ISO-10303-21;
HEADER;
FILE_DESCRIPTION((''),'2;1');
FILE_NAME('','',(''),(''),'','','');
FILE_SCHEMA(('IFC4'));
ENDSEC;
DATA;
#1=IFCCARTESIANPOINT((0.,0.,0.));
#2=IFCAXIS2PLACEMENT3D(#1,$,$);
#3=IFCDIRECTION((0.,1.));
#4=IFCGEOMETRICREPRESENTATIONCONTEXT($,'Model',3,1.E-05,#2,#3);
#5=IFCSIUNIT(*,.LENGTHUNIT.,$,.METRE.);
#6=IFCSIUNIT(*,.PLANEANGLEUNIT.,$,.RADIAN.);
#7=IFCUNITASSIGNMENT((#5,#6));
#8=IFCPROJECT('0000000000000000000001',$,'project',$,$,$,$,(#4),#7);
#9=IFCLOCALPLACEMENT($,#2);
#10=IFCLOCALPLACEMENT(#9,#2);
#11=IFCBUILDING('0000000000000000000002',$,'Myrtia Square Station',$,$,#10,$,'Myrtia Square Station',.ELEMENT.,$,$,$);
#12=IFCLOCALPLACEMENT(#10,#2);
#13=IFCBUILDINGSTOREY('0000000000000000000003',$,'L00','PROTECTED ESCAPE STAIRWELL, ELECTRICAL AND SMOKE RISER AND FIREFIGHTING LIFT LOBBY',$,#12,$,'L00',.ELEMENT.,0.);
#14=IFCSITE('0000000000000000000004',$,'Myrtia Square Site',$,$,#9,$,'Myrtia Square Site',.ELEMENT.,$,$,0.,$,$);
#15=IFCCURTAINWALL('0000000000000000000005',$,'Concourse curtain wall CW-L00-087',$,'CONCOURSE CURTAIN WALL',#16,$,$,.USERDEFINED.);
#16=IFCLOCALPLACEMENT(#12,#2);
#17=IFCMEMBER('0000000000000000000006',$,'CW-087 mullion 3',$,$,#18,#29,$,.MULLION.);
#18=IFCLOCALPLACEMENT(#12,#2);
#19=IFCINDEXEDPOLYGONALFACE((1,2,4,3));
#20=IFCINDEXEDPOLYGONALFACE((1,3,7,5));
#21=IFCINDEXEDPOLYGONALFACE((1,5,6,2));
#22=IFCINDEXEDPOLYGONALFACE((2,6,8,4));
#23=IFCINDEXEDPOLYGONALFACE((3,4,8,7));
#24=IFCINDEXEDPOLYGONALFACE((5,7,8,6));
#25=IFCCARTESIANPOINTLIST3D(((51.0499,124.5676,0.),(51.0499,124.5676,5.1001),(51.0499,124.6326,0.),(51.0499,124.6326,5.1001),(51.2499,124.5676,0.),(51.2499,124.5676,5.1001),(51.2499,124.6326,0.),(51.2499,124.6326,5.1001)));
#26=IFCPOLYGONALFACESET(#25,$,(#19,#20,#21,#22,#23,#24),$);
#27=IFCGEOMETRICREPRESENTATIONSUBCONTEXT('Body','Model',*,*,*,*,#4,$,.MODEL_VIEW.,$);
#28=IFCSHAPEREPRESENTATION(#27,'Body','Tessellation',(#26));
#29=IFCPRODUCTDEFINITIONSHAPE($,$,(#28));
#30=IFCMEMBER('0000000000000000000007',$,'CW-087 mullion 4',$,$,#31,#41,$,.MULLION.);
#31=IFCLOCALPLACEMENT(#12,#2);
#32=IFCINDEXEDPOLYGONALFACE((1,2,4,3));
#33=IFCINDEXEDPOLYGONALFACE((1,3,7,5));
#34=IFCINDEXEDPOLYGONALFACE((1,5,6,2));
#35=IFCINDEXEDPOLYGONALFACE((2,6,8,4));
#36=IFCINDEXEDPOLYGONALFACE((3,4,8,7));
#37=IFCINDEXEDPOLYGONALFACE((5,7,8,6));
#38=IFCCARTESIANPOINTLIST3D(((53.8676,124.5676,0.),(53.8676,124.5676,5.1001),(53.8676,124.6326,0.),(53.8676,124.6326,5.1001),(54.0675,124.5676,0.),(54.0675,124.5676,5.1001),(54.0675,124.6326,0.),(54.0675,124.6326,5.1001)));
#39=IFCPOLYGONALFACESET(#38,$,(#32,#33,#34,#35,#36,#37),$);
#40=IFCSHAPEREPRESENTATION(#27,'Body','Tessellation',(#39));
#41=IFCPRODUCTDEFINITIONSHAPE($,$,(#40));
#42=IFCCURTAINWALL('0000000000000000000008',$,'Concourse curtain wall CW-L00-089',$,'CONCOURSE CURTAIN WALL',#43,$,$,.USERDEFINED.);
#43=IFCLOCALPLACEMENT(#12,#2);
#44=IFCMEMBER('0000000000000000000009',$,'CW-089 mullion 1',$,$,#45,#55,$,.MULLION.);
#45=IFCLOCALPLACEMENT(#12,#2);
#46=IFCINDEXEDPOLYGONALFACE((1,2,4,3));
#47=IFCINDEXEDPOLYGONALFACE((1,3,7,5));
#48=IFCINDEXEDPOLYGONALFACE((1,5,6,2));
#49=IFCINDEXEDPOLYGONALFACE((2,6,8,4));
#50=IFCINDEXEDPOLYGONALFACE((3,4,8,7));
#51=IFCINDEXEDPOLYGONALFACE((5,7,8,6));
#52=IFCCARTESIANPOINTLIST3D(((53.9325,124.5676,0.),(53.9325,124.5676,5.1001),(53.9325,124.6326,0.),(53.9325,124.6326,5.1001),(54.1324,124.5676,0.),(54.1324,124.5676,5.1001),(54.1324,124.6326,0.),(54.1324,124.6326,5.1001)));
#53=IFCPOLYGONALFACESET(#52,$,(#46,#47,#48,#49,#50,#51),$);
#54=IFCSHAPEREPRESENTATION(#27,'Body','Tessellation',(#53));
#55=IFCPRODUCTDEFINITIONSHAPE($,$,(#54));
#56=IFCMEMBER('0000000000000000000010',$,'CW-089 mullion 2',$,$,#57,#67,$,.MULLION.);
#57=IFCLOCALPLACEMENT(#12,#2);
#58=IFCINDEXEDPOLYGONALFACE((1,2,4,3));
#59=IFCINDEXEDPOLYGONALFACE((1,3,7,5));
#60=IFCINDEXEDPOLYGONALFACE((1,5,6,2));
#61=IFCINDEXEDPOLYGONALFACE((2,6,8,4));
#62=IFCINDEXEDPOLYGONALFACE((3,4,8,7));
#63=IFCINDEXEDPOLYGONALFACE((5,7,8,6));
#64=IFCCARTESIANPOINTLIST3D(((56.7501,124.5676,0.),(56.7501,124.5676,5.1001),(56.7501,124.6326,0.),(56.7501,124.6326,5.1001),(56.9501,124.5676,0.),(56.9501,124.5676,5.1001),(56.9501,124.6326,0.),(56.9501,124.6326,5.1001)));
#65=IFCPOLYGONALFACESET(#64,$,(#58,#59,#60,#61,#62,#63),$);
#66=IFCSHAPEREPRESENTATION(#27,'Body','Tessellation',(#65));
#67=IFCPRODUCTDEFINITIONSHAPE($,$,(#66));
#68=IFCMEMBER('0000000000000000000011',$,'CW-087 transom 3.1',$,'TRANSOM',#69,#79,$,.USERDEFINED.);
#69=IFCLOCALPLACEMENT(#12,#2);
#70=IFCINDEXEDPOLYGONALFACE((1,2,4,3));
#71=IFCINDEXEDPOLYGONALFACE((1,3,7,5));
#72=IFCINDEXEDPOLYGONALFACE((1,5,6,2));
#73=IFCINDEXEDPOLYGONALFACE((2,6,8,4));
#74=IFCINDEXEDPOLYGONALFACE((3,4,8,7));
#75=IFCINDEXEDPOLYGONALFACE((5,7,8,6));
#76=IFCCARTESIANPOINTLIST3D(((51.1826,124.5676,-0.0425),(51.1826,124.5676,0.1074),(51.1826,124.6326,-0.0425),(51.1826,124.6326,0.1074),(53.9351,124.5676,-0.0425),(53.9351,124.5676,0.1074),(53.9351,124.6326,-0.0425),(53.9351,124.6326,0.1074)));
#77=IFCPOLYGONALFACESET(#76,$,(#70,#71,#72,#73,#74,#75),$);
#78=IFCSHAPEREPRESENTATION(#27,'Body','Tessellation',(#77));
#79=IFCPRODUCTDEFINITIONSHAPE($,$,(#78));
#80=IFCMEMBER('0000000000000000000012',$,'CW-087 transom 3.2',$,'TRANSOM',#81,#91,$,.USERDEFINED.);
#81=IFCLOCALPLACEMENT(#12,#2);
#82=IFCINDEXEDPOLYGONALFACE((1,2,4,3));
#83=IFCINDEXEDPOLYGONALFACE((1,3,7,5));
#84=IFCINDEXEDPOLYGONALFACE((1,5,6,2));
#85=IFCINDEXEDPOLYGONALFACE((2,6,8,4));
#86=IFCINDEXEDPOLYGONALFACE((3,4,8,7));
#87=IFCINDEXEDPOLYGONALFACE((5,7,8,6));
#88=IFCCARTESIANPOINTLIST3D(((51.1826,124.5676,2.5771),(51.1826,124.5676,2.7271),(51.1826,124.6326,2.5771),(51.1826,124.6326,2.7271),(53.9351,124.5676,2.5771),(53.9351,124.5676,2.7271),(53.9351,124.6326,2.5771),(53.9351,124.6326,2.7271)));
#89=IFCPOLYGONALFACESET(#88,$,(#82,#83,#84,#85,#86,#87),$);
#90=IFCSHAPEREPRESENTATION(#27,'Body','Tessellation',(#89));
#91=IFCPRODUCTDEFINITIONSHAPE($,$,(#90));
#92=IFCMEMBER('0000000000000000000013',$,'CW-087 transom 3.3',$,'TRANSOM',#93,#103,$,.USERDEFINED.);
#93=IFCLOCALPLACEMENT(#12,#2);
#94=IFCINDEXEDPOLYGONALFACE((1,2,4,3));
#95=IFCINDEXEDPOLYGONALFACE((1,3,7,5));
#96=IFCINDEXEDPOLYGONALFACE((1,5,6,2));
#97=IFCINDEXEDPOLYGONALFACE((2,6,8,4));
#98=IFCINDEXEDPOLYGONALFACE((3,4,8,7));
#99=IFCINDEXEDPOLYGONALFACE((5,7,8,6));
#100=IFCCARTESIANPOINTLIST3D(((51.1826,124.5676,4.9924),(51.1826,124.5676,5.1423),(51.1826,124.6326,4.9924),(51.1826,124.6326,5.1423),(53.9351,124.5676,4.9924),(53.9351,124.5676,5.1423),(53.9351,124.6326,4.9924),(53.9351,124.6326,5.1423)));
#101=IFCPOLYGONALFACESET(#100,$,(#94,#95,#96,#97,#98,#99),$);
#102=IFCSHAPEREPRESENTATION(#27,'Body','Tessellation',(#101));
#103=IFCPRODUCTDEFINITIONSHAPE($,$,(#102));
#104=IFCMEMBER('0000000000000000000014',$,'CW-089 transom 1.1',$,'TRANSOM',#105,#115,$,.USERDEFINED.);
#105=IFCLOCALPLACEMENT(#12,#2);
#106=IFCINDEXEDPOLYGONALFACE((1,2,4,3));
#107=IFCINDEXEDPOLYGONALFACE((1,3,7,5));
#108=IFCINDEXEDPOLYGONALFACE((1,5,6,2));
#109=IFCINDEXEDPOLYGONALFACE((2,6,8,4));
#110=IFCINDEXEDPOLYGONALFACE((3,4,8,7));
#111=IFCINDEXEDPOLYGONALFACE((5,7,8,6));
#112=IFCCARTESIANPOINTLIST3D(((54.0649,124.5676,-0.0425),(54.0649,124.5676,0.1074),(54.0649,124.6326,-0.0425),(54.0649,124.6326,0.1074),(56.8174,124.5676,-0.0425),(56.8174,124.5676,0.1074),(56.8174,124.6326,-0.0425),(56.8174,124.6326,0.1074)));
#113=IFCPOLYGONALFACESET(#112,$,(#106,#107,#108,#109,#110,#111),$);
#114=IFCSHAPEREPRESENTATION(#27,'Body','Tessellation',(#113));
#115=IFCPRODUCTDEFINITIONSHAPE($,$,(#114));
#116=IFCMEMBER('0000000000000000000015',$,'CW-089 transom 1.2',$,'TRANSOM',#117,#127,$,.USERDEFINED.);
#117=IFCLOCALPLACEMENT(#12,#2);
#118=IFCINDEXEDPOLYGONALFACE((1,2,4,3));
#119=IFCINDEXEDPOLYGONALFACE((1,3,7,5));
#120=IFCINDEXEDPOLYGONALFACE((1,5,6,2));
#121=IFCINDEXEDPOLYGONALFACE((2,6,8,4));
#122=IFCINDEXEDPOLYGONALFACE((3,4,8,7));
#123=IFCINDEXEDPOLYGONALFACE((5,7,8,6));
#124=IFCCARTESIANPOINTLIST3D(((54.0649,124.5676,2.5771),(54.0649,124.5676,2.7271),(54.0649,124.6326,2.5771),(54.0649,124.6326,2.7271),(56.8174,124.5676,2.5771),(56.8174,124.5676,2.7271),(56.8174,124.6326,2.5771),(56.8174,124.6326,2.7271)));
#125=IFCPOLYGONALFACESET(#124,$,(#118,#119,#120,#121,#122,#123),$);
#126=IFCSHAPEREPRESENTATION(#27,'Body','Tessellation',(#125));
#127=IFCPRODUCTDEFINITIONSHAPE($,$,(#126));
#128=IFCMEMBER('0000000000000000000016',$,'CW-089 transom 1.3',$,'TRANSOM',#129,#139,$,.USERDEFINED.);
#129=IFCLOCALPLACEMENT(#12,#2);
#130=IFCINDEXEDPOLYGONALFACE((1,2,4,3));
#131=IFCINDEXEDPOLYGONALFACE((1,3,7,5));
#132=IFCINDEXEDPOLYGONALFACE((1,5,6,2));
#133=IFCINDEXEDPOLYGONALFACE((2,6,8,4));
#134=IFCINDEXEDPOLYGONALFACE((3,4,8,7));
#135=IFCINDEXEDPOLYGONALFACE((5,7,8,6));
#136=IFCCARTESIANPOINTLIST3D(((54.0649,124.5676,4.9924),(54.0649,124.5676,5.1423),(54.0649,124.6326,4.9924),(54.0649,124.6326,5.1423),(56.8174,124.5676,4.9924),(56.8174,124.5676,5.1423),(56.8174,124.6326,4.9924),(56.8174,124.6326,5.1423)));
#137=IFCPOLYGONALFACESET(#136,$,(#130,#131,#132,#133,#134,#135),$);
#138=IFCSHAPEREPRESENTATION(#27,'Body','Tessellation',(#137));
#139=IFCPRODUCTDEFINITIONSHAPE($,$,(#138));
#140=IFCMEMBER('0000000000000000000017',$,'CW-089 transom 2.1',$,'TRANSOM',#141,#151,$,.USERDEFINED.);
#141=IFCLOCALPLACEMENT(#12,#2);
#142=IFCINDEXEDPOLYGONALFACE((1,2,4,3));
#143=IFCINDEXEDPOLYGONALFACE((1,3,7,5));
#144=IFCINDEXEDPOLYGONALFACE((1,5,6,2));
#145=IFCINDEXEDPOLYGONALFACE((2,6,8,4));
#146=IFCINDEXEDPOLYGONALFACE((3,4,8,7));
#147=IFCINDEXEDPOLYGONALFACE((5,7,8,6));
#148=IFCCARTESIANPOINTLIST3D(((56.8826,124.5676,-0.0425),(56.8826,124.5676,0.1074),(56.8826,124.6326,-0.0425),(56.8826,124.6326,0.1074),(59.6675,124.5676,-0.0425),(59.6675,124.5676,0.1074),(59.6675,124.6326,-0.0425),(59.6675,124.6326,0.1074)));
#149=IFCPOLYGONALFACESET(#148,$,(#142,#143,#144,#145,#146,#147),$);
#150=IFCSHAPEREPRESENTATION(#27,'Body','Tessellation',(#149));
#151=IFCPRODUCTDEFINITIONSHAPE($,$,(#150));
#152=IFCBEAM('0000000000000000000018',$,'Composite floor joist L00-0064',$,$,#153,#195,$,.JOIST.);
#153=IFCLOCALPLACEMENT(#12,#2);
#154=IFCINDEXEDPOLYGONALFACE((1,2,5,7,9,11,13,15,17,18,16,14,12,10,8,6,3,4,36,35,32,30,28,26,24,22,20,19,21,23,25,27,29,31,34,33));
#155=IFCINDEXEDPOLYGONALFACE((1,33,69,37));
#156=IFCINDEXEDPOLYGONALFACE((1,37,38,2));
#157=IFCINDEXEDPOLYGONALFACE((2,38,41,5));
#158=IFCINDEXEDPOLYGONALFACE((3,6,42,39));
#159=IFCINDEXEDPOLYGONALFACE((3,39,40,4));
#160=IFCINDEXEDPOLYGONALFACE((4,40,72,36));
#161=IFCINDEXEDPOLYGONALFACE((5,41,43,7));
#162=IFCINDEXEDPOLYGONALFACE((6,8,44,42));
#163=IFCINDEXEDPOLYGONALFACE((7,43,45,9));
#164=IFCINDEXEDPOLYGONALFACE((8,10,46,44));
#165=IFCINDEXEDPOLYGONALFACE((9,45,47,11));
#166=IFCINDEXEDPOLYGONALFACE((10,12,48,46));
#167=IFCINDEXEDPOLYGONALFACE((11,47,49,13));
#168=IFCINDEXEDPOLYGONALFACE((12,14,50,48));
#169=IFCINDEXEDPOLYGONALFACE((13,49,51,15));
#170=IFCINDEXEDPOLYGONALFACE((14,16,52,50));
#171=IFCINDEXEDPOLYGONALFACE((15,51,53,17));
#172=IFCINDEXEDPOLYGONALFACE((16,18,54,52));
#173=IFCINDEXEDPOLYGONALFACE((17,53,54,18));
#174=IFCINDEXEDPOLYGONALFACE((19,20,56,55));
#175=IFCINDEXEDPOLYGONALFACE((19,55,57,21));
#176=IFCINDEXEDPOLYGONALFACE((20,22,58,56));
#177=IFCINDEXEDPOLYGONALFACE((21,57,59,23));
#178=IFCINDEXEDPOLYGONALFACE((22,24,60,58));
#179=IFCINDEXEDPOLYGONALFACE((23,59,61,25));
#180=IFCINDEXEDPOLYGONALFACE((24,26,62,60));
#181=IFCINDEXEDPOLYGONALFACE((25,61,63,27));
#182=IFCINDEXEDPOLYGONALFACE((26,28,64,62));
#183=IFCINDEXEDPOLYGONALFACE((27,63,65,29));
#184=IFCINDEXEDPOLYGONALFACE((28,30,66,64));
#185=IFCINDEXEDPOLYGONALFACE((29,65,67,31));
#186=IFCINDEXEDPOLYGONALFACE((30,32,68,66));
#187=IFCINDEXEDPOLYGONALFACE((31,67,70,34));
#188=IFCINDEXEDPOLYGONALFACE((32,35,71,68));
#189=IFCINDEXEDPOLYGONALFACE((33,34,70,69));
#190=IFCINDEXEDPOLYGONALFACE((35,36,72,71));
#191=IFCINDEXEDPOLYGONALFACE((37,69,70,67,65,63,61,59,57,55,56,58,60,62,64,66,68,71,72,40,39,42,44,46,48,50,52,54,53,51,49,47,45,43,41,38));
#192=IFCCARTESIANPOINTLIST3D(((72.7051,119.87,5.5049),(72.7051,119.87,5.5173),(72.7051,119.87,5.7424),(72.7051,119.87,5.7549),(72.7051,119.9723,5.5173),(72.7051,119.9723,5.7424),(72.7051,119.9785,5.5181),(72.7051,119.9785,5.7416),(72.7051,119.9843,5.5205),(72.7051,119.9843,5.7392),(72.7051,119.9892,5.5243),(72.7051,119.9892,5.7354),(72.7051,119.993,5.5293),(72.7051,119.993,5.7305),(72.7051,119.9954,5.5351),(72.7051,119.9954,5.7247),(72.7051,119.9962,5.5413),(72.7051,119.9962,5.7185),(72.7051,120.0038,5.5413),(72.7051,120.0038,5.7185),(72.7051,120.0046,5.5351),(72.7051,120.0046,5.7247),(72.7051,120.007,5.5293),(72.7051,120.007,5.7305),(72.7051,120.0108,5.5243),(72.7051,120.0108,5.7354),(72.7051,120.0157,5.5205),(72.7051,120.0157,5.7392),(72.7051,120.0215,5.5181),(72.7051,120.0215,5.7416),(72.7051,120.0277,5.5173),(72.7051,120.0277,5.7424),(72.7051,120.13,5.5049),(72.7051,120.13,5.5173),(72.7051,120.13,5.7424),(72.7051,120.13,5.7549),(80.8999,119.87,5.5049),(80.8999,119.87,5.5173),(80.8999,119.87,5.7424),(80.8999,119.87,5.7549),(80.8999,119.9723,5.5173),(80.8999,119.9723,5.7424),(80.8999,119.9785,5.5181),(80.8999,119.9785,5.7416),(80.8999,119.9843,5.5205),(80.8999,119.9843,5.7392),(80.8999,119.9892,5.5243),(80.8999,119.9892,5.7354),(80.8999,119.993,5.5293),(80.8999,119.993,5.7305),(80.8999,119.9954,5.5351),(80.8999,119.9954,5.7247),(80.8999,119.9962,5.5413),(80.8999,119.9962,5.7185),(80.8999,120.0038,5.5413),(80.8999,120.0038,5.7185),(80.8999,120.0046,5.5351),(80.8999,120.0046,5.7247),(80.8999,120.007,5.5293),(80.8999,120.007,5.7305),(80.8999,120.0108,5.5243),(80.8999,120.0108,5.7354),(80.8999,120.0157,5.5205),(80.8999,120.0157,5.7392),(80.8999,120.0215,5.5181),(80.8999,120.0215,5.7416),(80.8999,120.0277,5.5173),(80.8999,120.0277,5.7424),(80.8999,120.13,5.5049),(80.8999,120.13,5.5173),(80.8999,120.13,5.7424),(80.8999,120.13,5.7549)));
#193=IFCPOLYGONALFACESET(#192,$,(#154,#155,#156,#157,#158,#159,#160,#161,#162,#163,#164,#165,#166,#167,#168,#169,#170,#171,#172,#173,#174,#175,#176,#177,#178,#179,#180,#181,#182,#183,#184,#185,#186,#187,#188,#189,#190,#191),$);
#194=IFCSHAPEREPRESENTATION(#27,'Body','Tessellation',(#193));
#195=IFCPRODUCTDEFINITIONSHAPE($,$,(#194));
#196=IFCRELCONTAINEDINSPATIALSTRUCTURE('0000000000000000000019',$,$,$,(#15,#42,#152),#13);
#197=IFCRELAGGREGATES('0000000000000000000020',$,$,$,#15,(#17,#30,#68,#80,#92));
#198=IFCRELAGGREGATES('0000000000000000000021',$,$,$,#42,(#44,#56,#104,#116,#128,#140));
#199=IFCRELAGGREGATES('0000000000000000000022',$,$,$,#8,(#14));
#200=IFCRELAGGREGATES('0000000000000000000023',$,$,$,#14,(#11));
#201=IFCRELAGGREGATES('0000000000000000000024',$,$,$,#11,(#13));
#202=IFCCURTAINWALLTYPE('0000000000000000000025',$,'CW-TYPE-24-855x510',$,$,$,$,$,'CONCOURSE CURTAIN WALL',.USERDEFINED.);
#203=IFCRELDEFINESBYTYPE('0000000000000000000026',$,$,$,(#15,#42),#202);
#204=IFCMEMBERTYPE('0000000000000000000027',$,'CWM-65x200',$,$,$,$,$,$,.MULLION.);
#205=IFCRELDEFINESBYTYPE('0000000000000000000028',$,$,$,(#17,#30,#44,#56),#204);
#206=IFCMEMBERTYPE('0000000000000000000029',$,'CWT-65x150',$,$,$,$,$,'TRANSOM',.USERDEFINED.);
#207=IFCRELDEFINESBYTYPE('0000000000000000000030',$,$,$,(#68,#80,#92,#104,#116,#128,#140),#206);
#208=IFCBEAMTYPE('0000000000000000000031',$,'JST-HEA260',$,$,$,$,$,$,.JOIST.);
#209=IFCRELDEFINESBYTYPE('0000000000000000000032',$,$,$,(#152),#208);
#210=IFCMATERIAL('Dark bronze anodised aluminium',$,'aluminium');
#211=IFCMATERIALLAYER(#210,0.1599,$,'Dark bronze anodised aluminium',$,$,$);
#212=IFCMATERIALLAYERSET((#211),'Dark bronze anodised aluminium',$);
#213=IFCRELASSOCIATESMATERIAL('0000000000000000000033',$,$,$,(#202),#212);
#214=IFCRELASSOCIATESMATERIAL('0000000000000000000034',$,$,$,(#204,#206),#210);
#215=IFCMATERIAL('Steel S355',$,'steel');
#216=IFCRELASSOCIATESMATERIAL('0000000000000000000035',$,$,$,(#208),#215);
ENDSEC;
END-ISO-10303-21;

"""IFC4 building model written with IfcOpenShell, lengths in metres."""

from ifc_helpers import new_model, si_unit, direction, frame, origin, origin_2d, place, context, subcontext, project, spatial, rectangle, i_section, extrude, material, layer, layer_set, material_profile, profile_set, type_object, element, aggregate, save


model = new_model("IFC4")

# Units and contexts
model_context = context("Model", 3, precision=1e-05, world=origin(), true_north=direction((0.0, 1.0)))
body_context = subcontext(model_context, "Body", "Model", "MODEL_VIEW")
ifc_project = project(units=[si_unit("LENGTHUNIT", "METRE"), si_unit("PLANEANGLEUNIT", "RADIAN")], contexts=[model_context])

# Site, building, storey
site_placement = place(None, origin())
site = spatial("IfcSite", under=ifc_project, at=site_placement, Name="Myrtia Square Site", LongName="Myrtia Square Site", CompositionType="ELEMENT", RefElevation=0.0)
building_placement = place(site_placement, origin())
building = spatial("IfcBuilding", under=site, at=building_placement, Name="Myrtia Square Station", LongName="Myrtia Square Station", CompositionType="ELEMENT")
storey_placement = place(building_placement, origin())
storey = spatial("IfcBuildingStorey", under=building, at=storey_placement, Name="L00", Description="PROTECTED ESCAPE STAIRWELL, ELECTRICAL AND SMOKE RISER AND FIREFIGHTING LIFT LOBBY", LongName="L00", CompositionType="ELEMENT", Elevation=0.0)

# Curtain walls, members
ifc_material_1 = material(Name="Dark bronze anodised aluminium", Category="aluminium")
ifc_layer_1 = layer(ifc_material_1, 0.1599, Name="Dark bronze anodised aluminium")
ifc_layer_set_1 = layer_set([ifc_layer_1], Name="Dark bronze anodised aluminium")
curtain_wall_type = type_object("IfcCurtainWallType", Name="CW-TYPE-24-855x510", ElementType="CONCOURSE CURTAIN WALL", PredefinedType="USERDEFINED", material=ifc_layer_set_1)
curtain_wall_1_placement = place(storey_placement, origin())
curtain_wall_1 = element("IfcCurtainWall", 1, at=curtain_wall_1_placement, inside=storey, type_object=curtain_wall_type, Name="Concourse curtain wall CW-L00-087", ObjectType="CONCOURSE CURTAIN WALL", PredefinedType="USERDEFINED")
ifc_material_profile_1 = material_profile(ifc_material_1, rectangle(XDim=0.0649, YDim=0.2, at=origin_2d()), Name="ALU-M 65x200")
ifc_profile_set_1 = profile_set([ifc_material_profile_1], Name="Dark bronze anodised aluminium")
member_type_1 = type_object("IfcMemberType", Name="CWM-65x200", PredefinedType="MULLION", material=ifc_profile_set_1)
member_1_placement = place(storey_placement, frame((51.1499, 124.6001, 0.0), z_axis=(0.0, 0.0, 1.0), x_axis=(0.0, 1.0, 0.0)))
member_1 = element("IfcMember", 2, at=member_1_placement, type_object=member_type_1, Name="CW-087 mullion 3", PredefinedType="MULLION", context=body_context, shape_type="SweptSolid", body=[
    extrude(rectangle(XDim=0.0649, YDim=0.2, at=origin_2d()), origin(), (0.0, 0.0, 1.0), 5.1001),
])
member_2_placement = place(storey_placement, frame((53.9675, 124.6001, 0.0), z_axis=(0.0, 0.0, 1.0), x_axis=(0.0, 1.0, 0.0)))
member_2 = element("IfcMember", 3, at=member_2_placement, type_object=member_type_1, Name="CW-087 mullion 4", PredefinedType="MULLION", context=body_context, shape_type="SweptSolid", body=[
    extrude(rectangle(XDim=0.0649, YDim=0.2, at=origin_2d()), origin(), (0.0, 0.0, 1.0), 5.1001),
])
curtain_wall_2_placement = place(storey_placement, origin())
curtain_wall_2 = element("IfcCurtainWall", 4, at=curtain_wall_2_placement, inside=storey, type_object=curtain_wall_type, Name="Concourse curtain wall CW-L00-089", ObjectType="CONCOURSE CURTAIN WALL", PredefinedType="USERDEFINED")
member_3_placement = place(storey_placement, frame((54.0325, 124.6001, 0.0), z_axis=(0.0, 0.0, 1.0), x_axis=(0.0, 1.0, 0.0)))
member_3 = element("IfcMember", 5, at=member_3_placement, type_object=member_type_1, Name="CW-089 mullion 1", PredefinedType="MULLION", context=body_context, shape_type="SweptSolid", body=[
    extrude(rectangle(XDim=0.0649, YDim=0.2, at=origin_2d()), origin(), (0.0, 0.0, 1.0), 5.1001),
])
member_4_placement = place(storey_placement, frame((56.8501, 124.6001, 0.0), z_axis=(0.0, 0.0, 1.0), x_axis=(0.0, 1.0, 0.0)))
member_4 = element("IfcMember", 6, at=member_4_placement, type_object=member_type_1, Name="CW-089 mullion 2", PredefinedType="MULLION", context=body_context, shape_type="SweptSolid", body=[
    extrude(rectangle(XDim=0.0649, YDim=0.2, at=origin_2d()), origin(), (0.0, 0.0, 1.0), 5.1001),
])

# Members
ifc_material_profile_2 = material_profile(ifc_material_1, rectangle(XDim=0.0649, YDim=0.1499, at=origin_2d()), Name="ALU-T 65x150")
ifc_profile_set_2 = profile_set([ifc_material_profile_2], Name="Dark bronze anodised aluminium")
member_type_2 = type_object("IfcMemberType", Name="CWT-65x150", ElementType="TRANSOM", PredefinedType="USERDEFINED", material=ifc_profile_set_2)
member_5_placement = place(storey_placement, frame((51.1826, 124.6001, 0.0325), z_axis=(1.0, 0.0, 0.0), x_axis=(0.0, 1.0, 0.0)))
member_5 = element("IfcMember", 7, at=member_5_placement, type_object=member_type_2, Name="CW-087 transom 3.1", ObjectType="TRANSOM", PredefinedType="USERDEFINED", context=body_context, shape_type="SweptSolid", body=[
    extrude(rectangle(XDim=0.0649, YDim=0.1499, at=origin_2d()), origin(), (0.0, 0.0, 1.0), 2.7524),
])
member_6_placement = place(storey_placement, frame((51.1826, 124.6001, 2.6521), z_axis=(1.0, 0.0, 0.0), x_axis=(0.0, 1.0, 0.0)))
member_6 = element("IfcMember", 8, at=member_6_placement, type_object=member_type_2, Name="CW-087 transom 3.2", ObjectType="TRANSOM", PredefinedType="USERDEFINED", context=body_context, shape_type="SweptSolid", body=[
    extrude(rectangle(XDim=0.0649, YDim=0.1499, at=origin_2d()), origin(), (0.0, 0.0, 1.0), 2.7524),
])
member_7_placement = place(storey_placement, frame((51.1826, 124.6001, 5.0674), z_axis=(1.0, 0.0, 0.0), x_axis=(0.0, 1.0, 0.0)))
member_7 = element("IfcMember", 9, at=member_7_placement, type_object=member_type_2, Name="CW-087 transom 3.3", ObjectType="TRANSOM", PredefinedType="USERDEFINED", context=body_context, shape_type="SweptSolid", body=[
    extrude(rectangle(XDim=0.0649, YDim=0.1499, at=origin_2d()), origin(), (0.0, 0.0, 1.0), 2.7524),
])
member_8_placement = place(storey_placement, frame((54.0649, 124.6001, 0.0325), z_axis=(1.0, 0.0, 0.0), x_axis=(0.0, 1.0, 0.0)))
member_8 = element("IfcMember", 10, at=member_8_placement, type_object=member_type_2, Name="CW-089 transom 1.1", ObjectType="TRANSOM", PredefinedType="USERDEFINED", context=body_context, shape_type="SweptSolid", body=[
    extrude(rectangle(XDim=0.0649, YDim=0.1499, at=origin_2d()), origin(), (0.0, 0.0, 1.0), 2.7524),
])
member_9_placement = place(storey_placement, frame((54.0649, 124.6001, 2.6521), z_axis=(1.0, 0.0, 0.0), x_axis=(0.0, 1.0, 0.0)))
member_9 = element("IfcMember", 11, at=member_9_placement, type_object=member_type_2, Name="CW-089 transom 1.2", ObjectType="TRANSOM", PredefinedType="USERDEFINED", context=body_context, shape_type="SweptSolid", body=[
    extrude(rectangle(XDim=0.0649, YDim=0.1499, at=origin_2d()), origin(), (0.0, 0.0, 1.0), 2.7524),
])
member_10_placement = place(storey_placement, frame((54.0649, 124.6001, 5.0674), z_axis=(1.0, 0.0, 0.0), x_axis=(0.0, 1.0, 0.0)))
member_10 = element("IfcMember", 12, at=member_10_placement, type_object=member_type_2, Name="CW-089 transom 1.3", ObjectType="TRANSOM", PredefinedType="USERDEFINED", context=body_context, shape_type="SweptSolid", body=[
    extrude(rectangle(XDim=0.0649, YDim=0.1499, at=origin_2d()), origin(), (0.0, 0.0, 1.0), 2.7524),
])
member_11_placement = place(storey_placement, frame((56.8826, 124.6001, 0.0325), z_axis=(1.0, 0.0, 0.0), x_axis=(0.0, 1.0, 0.0)))
member_11 = element("IfcMember", 13, at=member_11_placement, type_object=member_type_2, Name="CW-089 transom 2.1", ObjectType="TRANSOM", PredefinedType="USERDEFINED", context=body_context, shape_type="SweptSolid", body=[
    extrude(rectangle(XDim=0.0649, YDim=0.1499, at=origin_2d()), origin(), (0.0, 0.0, 1.0), 2.7849),
])

# Beam
ifc_material_2 = material(Name="Steel S355", Category="steel")
ifc_material_profile_3 = material_profile(ifc_material_2, i_section(OverallWidth=0.26, OverallDepth=0.25, WebThickness=0.0076, FlangeThickness=0.0125, FilletRadius=0.0239, at=origin_2d()), Name="HEA 260")
ifc_profile_set_3 = profile_set([ifc_material_profile_3], Name="Steel S355")
beam_type = type_object("IfcBeamType", Name="JST-HEA260", PredefinedType="JOIST", material=ifc_profile_set_3)
beam_placement = place(storey_placement, frame((72.7051, 120.0, 5.6299), z_axis=(1.0, 0.0, 0.0), x_axis=(0.0, 1.0, 0.0)))
element("IfcBeam", 14, at=beam_placement, inside=storey, type_object=beam_type, Name="Composite floor joist L00-0064", PredefinedType="JOIST", context=body_context, shape_type="SweptSolid", body=[
    extrude(i_section(OverallWidth=0.26, OverallDepth=0.25, WebThickness=0.0076, FlangeThickness=0.0125, FilletRadius=0.0239, at=origin_2d()), origin(), (0.0, 0.0, 1.0), 8.1948),
])

aggregate(curtain_wall_1, [member_1, member_2, member_5, member_6, member_7])
aggregate(curtain_wall_2, [member_3, member_4, member_8, member_9, member_10, member_11])

save(model, "model.ifc")
